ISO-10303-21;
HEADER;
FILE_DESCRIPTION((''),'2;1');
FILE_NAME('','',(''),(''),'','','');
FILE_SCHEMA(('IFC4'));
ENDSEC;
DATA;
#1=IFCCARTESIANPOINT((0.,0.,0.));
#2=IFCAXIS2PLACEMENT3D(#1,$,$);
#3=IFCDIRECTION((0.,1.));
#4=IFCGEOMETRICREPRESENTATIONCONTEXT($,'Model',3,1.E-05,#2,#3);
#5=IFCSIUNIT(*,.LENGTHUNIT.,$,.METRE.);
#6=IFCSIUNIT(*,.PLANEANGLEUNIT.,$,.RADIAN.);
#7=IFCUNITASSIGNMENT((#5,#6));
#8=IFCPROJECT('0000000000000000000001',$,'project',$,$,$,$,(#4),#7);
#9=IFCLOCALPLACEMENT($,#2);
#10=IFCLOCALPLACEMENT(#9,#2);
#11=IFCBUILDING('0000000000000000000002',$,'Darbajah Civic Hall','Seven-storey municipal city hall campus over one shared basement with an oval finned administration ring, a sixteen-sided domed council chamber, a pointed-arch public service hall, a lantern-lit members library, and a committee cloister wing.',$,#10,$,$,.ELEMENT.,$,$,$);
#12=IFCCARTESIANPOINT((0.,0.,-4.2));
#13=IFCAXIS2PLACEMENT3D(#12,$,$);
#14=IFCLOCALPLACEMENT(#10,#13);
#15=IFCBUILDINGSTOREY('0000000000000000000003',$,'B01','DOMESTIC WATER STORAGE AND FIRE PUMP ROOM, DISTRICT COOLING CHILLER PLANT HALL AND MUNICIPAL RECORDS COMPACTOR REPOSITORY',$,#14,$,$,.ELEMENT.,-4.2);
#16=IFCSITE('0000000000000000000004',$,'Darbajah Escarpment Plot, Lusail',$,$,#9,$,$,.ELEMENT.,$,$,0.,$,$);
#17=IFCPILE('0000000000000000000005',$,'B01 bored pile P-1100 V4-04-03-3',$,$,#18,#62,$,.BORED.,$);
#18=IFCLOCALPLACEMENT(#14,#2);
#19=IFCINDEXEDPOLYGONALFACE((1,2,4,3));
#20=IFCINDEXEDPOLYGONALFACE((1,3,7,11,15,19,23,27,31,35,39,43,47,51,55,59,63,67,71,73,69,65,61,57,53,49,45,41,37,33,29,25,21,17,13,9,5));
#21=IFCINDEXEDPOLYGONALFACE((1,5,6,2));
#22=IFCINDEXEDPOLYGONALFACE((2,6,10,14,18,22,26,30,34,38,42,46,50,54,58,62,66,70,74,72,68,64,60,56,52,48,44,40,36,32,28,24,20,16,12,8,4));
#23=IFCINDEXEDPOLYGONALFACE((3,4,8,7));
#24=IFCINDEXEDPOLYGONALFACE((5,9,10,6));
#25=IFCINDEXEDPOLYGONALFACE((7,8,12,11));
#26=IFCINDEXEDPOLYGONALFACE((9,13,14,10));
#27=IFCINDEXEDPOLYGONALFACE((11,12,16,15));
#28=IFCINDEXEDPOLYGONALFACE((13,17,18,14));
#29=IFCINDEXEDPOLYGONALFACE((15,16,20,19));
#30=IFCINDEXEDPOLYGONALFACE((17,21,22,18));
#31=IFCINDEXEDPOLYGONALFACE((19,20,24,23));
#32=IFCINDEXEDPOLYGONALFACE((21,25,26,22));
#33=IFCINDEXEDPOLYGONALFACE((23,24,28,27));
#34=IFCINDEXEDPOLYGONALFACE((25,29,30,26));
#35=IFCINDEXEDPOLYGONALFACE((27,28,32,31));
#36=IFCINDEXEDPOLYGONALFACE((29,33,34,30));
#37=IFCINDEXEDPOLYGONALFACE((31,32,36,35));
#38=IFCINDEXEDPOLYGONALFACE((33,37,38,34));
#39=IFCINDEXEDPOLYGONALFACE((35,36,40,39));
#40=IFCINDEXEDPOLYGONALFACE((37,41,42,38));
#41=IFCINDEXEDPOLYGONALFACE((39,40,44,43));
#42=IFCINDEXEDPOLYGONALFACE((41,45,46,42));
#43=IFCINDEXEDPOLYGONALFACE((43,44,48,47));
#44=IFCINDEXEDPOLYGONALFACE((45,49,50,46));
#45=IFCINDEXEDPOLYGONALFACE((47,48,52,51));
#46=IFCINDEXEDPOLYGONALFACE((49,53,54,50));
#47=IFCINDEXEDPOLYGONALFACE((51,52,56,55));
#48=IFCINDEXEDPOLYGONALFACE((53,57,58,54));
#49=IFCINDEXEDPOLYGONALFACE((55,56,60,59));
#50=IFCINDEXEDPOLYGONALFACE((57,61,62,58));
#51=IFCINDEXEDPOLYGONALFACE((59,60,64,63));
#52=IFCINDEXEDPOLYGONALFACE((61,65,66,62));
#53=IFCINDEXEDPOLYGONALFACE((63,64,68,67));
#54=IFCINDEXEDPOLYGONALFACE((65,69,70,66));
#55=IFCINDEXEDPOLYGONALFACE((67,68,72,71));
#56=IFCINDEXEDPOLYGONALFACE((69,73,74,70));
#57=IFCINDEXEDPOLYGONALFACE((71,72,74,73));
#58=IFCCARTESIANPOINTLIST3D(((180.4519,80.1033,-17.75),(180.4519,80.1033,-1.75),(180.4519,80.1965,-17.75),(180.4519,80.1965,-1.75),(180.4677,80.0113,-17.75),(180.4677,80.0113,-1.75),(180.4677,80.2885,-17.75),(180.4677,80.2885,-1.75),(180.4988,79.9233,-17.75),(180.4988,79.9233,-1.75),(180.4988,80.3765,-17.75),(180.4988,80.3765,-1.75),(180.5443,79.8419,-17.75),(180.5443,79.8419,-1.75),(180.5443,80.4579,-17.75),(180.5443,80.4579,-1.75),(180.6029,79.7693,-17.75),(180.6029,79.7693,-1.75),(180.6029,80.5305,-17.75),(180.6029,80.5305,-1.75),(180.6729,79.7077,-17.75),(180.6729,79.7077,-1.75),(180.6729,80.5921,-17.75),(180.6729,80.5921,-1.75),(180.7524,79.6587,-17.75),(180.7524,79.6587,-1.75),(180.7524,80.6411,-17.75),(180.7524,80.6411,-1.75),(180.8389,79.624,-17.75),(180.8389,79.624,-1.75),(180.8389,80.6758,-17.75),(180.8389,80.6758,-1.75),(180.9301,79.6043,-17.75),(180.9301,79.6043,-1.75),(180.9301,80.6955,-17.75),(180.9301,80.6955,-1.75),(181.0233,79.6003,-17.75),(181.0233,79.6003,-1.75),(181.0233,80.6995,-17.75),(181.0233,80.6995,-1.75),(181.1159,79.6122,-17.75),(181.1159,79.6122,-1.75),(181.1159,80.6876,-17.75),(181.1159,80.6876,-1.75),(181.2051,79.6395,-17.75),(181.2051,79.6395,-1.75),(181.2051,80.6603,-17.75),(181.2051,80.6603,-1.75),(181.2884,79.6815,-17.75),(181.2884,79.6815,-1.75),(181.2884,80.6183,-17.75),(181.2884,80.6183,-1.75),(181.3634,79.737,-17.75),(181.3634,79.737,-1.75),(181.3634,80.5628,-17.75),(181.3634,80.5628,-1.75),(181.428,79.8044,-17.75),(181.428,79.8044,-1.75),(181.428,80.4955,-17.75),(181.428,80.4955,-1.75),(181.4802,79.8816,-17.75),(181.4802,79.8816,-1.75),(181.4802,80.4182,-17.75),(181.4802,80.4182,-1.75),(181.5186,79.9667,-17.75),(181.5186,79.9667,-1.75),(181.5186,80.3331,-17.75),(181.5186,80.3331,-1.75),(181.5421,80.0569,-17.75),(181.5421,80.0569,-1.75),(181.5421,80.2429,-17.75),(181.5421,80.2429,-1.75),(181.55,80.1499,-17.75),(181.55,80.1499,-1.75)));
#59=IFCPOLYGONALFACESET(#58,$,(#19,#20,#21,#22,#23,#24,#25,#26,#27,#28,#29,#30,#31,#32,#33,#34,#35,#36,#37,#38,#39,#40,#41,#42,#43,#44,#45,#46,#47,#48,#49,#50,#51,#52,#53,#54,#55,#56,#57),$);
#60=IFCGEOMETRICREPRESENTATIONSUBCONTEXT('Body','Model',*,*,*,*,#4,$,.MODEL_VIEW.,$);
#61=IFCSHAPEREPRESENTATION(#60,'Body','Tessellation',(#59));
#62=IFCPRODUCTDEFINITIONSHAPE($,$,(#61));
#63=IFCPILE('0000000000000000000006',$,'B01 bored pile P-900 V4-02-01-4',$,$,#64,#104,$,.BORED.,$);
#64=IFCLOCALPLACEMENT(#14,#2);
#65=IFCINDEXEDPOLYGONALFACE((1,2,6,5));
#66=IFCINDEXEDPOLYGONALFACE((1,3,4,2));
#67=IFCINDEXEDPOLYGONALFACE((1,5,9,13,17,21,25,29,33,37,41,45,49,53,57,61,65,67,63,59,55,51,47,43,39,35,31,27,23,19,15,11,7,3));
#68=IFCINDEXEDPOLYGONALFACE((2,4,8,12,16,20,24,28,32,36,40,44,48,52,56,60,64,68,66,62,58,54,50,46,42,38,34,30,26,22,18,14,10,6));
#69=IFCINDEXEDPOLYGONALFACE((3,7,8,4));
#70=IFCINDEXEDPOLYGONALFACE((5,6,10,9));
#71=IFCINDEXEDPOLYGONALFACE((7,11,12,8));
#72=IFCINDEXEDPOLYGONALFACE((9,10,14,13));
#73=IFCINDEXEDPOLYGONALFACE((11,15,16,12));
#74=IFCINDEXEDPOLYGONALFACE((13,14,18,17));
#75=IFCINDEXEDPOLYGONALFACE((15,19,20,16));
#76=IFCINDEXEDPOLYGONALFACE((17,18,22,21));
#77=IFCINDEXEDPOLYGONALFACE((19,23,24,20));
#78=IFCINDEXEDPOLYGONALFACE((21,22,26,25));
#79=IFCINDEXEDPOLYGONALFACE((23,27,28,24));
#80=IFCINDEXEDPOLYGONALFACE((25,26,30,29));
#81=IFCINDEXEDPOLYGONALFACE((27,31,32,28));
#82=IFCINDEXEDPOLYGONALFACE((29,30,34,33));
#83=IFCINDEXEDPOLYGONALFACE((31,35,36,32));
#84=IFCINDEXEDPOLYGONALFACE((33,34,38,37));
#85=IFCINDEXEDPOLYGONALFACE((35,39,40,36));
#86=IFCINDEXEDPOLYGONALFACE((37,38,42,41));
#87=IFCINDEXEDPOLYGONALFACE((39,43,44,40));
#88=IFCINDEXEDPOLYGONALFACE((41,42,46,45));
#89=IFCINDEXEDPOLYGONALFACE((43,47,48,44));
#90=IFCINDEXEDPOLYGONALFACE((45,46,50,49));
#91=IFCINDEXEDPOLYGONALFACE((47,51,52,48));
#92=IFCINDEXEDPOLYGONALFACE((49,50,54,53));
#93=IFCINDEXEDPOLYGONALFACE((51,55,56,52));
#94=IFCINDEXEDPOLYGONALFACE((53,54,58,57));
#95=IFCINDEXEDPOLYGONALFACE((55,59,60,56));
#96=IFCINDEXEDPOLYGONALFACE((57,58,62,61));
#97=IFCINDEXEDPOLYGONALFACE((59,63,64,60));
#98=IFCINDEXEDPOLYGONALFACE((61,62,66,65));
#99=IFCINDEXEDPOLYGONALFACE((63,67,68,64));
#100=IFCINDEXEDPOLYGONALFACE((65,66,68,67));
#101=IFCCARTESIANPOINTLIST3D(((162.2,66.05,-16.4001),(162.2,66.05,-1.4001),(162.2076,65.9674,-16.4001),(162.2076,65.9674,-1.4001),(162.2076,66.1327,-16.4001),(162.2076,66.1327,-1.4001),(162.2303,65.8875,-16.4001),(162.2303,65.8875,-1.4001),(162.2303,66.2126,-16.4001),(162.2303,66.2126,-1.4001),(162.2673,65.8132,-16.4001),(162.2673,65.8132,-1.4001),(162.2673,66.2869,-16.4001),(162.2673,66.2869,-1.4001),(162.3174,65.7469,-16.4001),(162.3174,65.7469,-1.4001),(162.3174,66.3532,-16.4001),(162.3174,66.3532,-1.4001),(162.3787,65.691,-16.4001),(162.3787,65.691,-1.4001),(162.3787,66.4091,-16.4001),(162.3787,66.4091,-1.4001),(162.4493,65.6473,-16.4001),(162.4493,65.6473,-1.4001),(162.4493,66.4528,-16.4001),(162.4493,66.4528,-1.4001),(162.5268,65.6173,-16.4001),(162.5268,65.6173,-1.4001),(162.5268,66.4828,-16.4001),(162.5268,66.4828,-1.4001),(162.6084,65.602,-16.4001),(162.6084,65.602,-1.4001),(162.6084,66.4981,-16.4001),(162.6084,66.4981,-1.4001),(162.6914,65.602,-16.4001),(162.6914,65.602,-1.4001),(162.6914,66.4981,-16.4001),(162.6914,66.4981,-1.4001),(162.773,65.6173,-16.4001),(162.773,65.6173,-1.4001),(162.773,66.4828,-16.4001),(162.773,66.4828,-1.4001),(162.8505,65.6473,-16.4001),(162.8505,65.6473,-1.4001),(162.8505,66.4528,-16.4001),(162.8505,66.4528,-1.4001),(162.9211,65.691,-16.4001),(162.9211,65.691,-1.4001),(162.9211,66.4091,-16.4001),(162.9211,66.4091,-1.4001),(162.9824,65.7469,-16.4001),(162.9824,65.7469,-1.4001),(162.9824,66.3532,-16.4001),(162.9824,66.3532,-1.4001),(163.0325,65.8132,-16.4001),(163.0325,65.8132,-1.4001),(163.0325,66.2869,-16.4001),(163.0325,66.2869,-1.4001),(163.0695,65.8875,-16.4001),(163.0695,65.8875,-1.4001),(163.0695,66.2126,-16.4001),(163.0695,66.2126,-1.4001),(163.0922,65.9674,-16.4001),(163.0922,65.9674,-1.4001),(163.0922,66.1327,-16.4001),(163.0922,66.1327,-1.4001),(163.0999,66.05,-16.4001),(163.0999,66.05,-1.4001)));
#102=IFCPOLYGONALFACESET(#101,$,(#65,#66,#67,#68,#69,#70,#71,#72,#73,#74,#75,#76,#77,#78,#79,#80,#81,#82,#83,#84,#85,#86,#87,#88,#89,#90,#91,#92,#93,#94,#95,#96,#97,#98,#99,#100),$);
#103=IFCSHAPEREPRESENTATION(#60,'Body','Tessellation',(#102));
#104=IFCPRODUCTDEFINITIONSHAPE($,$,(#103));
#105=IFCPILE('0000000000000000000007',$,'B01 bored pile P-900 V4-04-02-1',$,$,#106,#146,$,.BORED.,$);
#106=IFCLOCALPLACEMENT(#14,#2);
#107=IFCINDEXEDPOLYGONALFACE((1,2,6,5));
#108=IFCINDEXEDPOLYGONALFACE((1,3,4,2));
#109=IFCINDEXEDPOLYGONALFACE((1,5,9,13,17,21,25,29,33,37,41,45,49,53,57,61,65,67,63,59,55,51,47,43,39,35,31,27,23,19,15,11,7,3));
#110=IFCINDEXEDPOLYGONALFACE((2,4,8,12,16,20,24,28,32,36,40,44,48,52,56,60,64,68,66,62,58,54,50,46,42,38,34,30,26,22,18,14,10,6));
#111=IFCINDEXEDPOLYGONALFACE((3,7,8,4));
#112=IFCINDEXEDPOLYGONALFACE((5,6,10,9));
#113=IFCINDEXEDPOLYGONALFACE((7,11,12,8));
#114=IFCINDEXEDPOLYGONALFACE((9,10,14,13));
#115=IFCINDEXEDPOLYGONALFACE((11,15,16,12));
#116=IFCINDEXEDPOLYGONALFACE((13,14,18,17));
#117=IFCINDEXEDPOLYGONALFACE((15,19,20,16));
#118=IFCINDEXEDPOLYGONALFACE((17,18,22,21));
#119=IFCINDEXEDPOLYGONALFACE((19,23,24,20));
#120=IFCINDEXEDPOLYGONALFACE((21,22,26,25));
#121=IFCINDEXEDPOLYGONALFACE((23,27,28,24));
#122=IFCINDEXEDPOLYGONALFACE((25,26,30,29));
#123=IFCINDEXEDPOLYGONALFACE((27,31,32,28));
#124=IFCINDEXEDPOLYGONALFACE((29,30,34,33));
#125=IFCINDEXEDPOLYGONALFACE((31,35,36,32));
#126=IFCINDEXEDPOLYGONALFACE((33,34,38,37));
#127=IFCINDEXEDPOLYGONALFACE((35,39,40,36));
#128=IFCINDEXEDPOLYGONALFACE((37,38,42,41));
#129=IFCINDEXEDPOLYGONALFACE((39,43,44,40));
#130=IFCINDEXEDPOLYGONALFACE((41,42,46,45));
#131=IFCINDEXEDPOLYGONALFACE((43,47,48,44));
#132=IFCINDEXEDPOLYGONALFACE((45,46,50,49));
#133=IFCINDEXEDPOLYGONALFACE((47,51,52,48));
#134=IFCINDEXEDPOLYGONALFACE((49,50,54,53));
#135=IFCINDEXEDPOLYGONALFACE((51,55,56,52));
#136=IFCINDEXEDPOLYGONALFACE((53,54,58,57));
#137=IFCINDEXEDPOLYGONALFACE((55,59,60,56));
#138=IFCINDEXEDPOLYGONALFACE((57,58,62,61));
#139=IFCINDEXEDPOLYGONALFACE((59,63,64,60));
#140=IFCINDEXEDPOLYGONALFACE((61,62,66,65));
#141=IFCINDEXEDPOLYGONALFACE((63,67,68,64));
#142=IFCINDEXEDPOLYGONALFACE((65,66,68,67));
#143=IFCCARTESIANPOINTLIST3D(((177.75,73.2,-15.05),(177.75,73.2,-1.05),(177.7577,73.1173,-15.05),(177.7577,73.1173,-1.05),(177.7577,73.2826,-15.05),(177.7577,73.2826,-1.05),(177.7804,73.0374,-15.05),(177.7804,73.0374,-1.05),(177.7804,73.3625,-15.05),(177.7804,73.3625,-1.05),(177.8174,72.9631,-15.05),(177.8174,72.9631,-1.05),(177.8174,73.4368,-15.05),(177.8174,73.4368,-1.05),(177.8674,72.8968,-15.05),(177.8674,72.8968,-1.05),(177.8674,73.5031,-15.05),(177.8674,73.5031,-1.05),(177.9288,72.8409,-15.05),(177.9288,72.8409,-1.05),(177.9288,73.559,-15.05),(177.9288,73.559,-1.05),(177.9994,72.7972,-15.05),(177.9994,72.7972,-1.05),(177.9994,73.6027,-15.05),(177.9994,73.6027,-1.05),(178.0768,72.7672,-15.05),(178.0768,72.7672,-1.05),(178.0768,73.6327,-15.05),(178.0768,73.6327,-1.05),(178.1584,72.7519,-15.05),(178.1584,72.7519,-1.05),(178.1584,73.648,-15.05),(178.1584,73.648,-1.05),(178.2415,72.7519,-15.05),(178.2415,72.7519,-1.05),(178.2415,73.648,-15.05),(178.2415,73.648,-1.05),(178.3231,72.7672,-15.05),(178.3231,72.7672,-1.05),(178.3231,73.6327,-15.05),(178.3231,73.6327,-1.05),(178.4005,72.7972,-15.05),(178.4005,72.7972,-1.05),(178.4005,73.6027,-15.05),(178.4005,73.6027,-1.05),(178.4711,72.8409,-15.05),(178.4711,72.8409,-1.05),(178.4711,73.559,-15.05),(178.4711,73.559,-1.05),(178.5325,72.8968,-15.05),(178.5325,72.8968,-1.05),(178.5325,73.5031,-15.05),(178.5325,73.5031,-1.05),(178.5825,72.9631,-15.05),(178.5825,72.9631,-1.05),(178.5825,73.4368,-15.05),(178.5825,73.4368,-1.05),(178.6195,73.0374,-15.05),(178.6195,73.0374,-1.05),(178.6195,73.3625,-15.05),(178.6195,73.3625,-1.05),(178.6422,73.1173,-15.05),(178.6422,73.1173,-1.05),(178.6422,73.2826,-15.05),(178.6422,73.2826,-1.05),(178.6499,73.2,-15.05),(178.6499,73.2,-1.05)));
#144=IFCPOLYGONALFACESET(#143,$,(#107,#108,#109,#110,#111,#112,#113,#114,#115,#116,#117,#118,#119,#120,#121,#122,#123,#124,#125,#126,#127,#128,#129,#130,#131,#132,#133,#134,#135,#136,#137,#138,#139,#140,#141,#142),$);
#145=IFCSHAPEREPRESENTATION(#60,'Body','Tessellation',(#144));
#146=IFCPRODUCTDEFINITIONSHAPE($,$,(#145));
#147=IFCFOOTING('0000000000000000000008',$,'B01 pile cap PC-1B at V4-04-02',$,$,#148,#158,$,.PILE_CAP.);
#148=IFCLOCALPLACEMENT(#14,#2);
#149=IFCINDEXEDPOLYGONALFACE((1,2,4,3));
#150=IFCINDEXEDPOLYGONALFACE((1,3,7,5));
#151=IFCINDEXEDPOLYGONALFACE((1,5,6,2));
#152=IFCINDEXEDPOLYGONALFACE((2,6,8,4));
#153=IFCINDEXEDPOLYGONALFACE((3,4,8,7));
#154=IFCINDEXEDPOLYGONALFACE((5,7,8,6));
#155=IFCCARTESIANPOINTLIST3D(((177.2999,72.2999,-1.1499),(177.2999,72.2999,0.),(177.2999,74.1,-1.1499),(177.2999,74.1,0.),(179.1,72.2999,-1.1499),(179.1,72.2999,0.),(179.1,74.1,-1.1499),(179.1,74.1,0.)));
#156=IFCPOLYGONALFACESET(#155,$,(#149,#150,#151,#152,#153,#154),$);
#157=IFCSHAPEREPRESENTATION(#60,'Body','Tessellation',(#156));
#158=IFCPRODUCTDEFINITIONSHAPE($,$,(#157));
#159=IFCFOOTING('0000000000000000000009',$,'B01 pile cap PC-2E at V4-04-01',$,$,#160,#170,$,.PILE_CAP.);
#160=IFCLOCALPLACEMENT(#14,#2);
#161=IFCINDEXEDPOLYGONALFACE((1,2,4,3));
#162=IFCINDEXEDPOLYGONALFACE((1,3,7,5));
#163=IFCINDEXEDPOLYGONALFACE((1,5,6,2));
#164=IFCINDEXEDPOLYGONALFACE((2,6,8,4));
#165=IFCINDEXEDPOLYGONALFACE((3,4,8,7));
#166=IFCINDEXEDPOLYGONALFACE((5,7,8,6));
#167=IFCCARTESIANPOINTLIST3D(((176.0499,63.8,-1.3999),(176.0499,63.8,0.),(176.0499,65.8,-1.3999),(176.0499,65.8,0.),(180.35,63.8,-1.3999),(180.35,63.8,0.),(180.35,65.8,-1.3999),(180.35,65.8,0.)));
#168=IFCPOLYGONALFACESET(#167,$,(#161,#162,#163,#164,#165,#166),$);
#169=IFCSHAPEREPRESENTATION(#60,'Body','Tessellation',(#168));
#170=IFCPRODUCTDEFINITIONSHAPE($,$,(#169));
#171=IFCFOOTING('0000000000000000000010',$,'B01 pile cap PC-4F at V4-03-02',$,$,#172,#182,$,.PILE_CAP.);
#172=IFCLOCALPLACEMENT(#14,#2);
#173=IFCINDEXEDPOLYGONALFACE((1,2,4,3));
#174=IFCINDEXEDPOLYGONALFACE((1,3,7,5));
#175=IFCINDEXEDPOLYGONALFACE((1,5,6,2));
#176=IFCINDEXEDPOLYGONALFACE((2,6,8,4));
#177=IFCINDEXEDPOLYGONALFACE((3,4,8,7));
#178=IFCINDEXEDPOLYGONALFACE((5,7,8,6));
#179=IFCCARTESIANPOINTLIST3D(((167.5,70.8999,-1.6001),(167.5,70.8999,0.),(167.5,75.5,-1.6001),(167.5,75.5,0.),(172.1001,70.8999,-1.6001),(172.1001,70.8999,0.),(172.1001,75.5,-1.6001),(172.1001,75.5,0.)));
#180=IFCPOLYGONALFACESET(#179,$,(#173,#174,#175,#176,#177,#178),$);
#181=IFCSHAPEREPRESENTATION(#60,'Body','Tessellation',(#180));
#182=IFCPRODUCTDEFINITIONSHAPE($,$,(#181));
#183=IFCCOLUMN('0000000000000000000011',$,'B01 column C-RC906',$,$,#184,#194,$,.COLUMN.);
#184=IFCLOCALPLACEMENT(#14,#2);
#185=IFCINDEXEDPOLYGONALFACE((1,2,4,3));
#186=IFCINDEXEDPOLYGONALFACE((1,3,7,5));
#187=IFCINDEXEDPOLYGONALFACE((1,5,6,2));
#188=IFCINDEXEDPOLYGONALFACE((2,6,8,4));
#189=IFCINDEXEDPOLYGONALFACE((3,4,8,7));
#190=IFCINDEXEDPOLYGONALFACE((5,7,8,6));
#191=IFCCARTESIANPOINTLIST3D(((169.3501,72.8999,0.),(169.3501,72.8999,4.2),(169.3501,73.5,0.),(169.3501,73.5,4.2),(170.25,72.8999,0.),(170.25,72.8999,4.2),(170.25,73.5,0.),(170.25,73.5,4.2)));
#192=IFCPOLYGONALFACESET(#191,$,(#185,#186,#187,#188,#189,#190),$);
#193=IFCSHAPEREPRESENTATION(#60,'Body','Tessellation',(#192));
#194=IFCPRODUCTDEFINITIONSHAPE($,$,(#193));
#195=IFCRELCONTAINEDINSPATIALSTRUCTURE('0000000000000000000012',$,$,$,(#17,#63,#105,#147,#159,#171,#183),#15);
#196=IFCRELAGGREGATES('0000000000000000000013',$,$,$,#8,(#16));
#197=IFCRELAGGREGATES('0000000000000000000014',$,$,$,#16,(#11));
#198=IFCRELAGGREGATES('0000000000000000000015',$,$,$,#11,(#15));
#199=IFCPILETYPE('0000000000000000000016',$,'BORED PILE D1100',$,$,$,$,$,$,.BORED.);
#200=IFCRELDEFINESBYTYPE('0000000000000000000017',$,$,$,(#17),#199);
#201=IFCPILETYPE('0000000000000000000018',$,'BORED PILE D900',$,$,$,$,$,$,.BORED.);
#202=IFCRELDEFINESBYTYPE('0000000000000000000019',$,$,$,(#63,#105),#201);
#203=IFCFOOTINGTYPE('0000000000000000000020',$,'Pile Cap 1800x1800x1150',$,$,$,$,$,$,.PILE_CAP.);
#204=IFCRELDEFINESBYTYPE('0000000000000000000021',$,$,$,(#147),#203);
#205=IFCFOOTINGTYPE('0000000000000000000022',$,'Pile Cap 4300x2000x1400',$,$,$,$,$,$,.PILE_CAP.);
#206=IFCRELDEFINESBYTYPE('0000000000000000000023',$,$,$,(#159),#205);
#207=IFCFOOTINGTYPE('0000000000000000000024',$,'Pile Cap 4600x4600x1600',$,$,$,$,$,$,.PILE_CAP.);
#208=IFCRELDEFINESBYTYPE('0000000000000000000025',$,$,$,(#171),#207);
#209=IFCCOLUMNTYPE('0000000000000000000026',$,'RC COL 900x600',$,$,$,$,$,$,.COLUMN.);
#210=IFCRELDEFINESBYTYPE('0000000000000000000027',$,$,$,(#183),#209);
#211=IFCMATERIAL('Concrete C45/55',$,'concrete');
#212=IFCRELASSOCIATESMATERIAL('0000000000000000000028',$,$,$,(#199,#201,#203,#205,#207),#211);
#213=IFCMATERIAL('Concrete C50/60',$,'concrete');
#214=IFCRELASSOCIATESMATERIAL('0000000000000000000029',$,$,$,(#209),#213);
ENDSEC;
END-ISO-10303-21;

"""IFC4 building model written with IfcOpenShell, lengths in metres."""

from ifc_helpers import new_model, si_unit, direction, frame, origin, origin_2d, place, context, subcontext, project, spatial, rectangle, circle, extrude, material, material_profile, profile_set, type_object, element, save


model = new_model("IFC4")

# Units and contexts
model_context = context("Model", 3, precision=1e-05, world=origin(), true_north=direction((0.0, 1.0)))
body_context = subcontext(model_context, "Body", "Model", "MODEL_VIEW")
ifc_project = project(units=[si_unit("LENGTHUNIT", "METRE"), si_unit("PLANEANGLEUNIT", "RADIAN")], contexts=[model_context])

# Site, building, storey
site_placement = place(None, origin())
site = spatial("IfcSite", under=ifc_project, at=site_placement, Name="Darbajah Escarpment Plot, Lusail", CompositionType="ELEMENT", RefElevation=0.0)
building_placement = place(site_placement, origin())
building = spatial("IfcBuilding", under=site, at=building_placement, Name="Darbajah Civic Hall", Description="Seven-storey municipal city hall campus over one shared basement with an oval finned administration ring, a sixteen-sided domed council chamber, a pointed-arch public service hall, a lantern-lit members library, and a committee cloister wing.", CompositionType="ELEMENT")
storey_placement = place(building_placement, frame((0.0, 0.0, -4.2)))
storey = spatial("IfcBuildingStorey", under=building, at=storey_placement, Name="B01", Description="DOMESTIC WATER STORAGE AND FIRE PUMP ROOM, DISTRICT COOLING CHILLER PLANT HALL AND MUNICIPAL RECORDS COMPACTOR REPOSITORY", CompositionType="ELEMENT", Elevation=-4.2)

# Piles
ifc_material_1 = material(Name="Concrete C45/55", Category="concrete")
ifc_material_profile_1 = material_profile(ifc_material_1, circle(Radius=0.55, at=origin_2d()), Name="BORED PILE D1100")
ifc_profile_set_1 = profile_set([ifc_material_profile_1], Name="Concrete C45/55")
pile_type_1 = type_object("IfcPileType", Name="BORED PILE D1100", PredefinedType="BORED", material=ifc_profile_set_1)
for number, where, z_axis, x_axis, name in (
    (1, (181.0, 80.1499, -1.75), (0.0, 0.0, -1.0), (1.0, 0.0, 0.0), "B01 bored pile P-1100 V4-04-03-3"),
):
    element("IfcPile", number, at=place(storey_placement, frame(where, z_axis=z_axis, x_axis=x_axis)), inside=storey, type_object=pile_type_1, Name=name, PredefinedType="BORED", context=body_context, shape_type="SweptSolid", body=[
        extrude(circle(Radius=0.55, at=origin_2d()), origin(), (0.0, 0.0, 1.0), 16.0),
    ])
ifc_material_profile_2 = material_profile(ifc_material_1, circle(Radius=0.45, at=origin_2d()), Name="BORED PILE D900")
ifc_profile_set_2 = profile_set([ifc_material_profile_2], Name="Concrete C45/55")
pile_type_2 = type_object("IfcPileType", Name="BORED PILE D900", PredefinedType="BORED", material=ifc_profile_set_2)
pile_1_placement = place(storey_placement, frame((162.6499, 66.05, -1.4001), z_axis=(0.0, 0.0, -1.0), x_axis=(1.0, 0.0, 0.0)))
element("IfcPile", 2, at=pile_1_placement, inside=storey, type_object=pile_type_2, Name="B01 bored pile P-900 V4-02-01-4", PredefinedType="BORED", context=body_context, shape_type="SweptSolid", body=[
    extrude(circle(Radius=0.45, at=origin_2d()), origin(), (0.0, 0.0, 1.0), 15.0),
])
pile_2_placement = place(storey_placement, frame((178.2, 73.2, -1.05), z_axis=(0.0, 0.0, -1.0), x_axis=(1.0, 0.0, 0.0)))
element("IfcPile", 3, at=pile_2_placement, inside=storey, type_object=pile_type_2, Name="B01 bored pile P-900 V4-04-02-1", PredefinedType="BORED", context=body_context, shape_type="SweptSolid", body=[
    extrude(circle(Radius=0.45, at=origin_2d()), origin(), (0.0, 0.0, 1.0), 14.0),
])

# Footings
footing_type_1 = type_object("IfcFootingType", Name="Pile Cap 1800x1800x1150", PredefinedType="PILE_CAP", material=ifc_material_1)
footing_1_placement = place(storey_placement, frame((178.2, 73.2, -1.1499), z_axis=(0.0, 0.0, 1.0), x_axis=(1.0, 0.0, 0.0)))
element("IfcFooting", 4, at=footing_1_placement, inside=storey, type_object=footing_type_1, Name="B01 pile cap PC-1B at V4-04-02", PredefinedType="PILE_CAP", context=body_context, shape_type="SweptSolid", body=[
    extrude(rectangle(XDim=1.8, YDim=1.8, at=origin_2d()), origin(), (0.0, 0.0, 1.0), 1.1499),
])
footing_type_2 = type_object("IfcFootingType", Name="Pile Cap 4300x2000x1400", PredefinedType="PILE_CAP", material=ifc_material_1)
footing_2_placement = place(storey_placement, frame((178.2, 64.8, -1.3999), z_axis=(0.0, 0.0, 1.0), x_axis=(1.0, 0.0, 0.0)))
element("IfcFooting", 5, at=footing_2_placement, inside=storey, type_object=footing_type_2, Name="B01 pile cap PC-2E at V4-04-01", PredefinedType="PILE_CAP", context=body_context, shape_type="SweptSolid", body=[
    extrude(rectangle(XDim=4.3, YDim=2.0, at=origin_2d()), origin(), (0.0, 0.0, 1.0), 1.3999),
])
footing_type_3 = type_object("IfcFootingType", Name="Pile Cap 4600x4600x1600", PredefinedType="PILE_CAP", material=ifc_material_1)
footing_3_placement = place(storey_placement, frame((169.8, 73.2, -1.6001), z_axis=(0.0, 0.0, 1.0), x_axis=(1.0, 0.0, 0.0)))
element("IfcFooting", 6, at=footing_3_placement, inside=storey, type_object=footing_type_3, Name="B01 pile cap PC-4F at V4-03-02", PredefinedType="PILE_CAP", context=body_context, shape_type="SweptSolid", body=[
    extrude(rectangle(XDim=4.6001, YDim=4.6001, at=origin_2d()), origin(), (0.0, 0.0, 1.0), 1.6001),
])

# Column
ifc_material_2 = material(Name="Concrete C50/60", Category="concrete")
ifc_material_profile_3 = material_profile(ifc_material_2, rectangle(XDim=0.8999, YDim=0.6001, at=origin_2d()), Name="RC COL 900x600")
ifc_profile_set_3 = profile_set([ifc_material_profile_3], Name="Concrete C50/60")
column_type = type_object("IfcColumnType", Name="RC COL 900x600", PredefinedType="COLUMN", material=ifc_profile_set_3)
for number, where, z_axis, x_axis, name in (
    (7, (169.8, 73.2, 0.0), (0.0, 0.0, 1.0), (1.0, 0.0, 0.0), "B01 column C-RC906"),
):
    element("IfcColumn", number, at=place(storey_placement, frame(where, z_axis=z_axis, x_axis=x_axis)), inside=storey, type_object=column_type, Name=name, PredefinedType="COLUMN", context=body_context, shape_type="SweptSolid", body=[
        extrude(rectangle(XDim=0.8999, YDim=0.6001, at=origin_2d()), origin(), (0.0, 0.0, 1.0), 4.2),
    ])

save(model, "model.ifc")
